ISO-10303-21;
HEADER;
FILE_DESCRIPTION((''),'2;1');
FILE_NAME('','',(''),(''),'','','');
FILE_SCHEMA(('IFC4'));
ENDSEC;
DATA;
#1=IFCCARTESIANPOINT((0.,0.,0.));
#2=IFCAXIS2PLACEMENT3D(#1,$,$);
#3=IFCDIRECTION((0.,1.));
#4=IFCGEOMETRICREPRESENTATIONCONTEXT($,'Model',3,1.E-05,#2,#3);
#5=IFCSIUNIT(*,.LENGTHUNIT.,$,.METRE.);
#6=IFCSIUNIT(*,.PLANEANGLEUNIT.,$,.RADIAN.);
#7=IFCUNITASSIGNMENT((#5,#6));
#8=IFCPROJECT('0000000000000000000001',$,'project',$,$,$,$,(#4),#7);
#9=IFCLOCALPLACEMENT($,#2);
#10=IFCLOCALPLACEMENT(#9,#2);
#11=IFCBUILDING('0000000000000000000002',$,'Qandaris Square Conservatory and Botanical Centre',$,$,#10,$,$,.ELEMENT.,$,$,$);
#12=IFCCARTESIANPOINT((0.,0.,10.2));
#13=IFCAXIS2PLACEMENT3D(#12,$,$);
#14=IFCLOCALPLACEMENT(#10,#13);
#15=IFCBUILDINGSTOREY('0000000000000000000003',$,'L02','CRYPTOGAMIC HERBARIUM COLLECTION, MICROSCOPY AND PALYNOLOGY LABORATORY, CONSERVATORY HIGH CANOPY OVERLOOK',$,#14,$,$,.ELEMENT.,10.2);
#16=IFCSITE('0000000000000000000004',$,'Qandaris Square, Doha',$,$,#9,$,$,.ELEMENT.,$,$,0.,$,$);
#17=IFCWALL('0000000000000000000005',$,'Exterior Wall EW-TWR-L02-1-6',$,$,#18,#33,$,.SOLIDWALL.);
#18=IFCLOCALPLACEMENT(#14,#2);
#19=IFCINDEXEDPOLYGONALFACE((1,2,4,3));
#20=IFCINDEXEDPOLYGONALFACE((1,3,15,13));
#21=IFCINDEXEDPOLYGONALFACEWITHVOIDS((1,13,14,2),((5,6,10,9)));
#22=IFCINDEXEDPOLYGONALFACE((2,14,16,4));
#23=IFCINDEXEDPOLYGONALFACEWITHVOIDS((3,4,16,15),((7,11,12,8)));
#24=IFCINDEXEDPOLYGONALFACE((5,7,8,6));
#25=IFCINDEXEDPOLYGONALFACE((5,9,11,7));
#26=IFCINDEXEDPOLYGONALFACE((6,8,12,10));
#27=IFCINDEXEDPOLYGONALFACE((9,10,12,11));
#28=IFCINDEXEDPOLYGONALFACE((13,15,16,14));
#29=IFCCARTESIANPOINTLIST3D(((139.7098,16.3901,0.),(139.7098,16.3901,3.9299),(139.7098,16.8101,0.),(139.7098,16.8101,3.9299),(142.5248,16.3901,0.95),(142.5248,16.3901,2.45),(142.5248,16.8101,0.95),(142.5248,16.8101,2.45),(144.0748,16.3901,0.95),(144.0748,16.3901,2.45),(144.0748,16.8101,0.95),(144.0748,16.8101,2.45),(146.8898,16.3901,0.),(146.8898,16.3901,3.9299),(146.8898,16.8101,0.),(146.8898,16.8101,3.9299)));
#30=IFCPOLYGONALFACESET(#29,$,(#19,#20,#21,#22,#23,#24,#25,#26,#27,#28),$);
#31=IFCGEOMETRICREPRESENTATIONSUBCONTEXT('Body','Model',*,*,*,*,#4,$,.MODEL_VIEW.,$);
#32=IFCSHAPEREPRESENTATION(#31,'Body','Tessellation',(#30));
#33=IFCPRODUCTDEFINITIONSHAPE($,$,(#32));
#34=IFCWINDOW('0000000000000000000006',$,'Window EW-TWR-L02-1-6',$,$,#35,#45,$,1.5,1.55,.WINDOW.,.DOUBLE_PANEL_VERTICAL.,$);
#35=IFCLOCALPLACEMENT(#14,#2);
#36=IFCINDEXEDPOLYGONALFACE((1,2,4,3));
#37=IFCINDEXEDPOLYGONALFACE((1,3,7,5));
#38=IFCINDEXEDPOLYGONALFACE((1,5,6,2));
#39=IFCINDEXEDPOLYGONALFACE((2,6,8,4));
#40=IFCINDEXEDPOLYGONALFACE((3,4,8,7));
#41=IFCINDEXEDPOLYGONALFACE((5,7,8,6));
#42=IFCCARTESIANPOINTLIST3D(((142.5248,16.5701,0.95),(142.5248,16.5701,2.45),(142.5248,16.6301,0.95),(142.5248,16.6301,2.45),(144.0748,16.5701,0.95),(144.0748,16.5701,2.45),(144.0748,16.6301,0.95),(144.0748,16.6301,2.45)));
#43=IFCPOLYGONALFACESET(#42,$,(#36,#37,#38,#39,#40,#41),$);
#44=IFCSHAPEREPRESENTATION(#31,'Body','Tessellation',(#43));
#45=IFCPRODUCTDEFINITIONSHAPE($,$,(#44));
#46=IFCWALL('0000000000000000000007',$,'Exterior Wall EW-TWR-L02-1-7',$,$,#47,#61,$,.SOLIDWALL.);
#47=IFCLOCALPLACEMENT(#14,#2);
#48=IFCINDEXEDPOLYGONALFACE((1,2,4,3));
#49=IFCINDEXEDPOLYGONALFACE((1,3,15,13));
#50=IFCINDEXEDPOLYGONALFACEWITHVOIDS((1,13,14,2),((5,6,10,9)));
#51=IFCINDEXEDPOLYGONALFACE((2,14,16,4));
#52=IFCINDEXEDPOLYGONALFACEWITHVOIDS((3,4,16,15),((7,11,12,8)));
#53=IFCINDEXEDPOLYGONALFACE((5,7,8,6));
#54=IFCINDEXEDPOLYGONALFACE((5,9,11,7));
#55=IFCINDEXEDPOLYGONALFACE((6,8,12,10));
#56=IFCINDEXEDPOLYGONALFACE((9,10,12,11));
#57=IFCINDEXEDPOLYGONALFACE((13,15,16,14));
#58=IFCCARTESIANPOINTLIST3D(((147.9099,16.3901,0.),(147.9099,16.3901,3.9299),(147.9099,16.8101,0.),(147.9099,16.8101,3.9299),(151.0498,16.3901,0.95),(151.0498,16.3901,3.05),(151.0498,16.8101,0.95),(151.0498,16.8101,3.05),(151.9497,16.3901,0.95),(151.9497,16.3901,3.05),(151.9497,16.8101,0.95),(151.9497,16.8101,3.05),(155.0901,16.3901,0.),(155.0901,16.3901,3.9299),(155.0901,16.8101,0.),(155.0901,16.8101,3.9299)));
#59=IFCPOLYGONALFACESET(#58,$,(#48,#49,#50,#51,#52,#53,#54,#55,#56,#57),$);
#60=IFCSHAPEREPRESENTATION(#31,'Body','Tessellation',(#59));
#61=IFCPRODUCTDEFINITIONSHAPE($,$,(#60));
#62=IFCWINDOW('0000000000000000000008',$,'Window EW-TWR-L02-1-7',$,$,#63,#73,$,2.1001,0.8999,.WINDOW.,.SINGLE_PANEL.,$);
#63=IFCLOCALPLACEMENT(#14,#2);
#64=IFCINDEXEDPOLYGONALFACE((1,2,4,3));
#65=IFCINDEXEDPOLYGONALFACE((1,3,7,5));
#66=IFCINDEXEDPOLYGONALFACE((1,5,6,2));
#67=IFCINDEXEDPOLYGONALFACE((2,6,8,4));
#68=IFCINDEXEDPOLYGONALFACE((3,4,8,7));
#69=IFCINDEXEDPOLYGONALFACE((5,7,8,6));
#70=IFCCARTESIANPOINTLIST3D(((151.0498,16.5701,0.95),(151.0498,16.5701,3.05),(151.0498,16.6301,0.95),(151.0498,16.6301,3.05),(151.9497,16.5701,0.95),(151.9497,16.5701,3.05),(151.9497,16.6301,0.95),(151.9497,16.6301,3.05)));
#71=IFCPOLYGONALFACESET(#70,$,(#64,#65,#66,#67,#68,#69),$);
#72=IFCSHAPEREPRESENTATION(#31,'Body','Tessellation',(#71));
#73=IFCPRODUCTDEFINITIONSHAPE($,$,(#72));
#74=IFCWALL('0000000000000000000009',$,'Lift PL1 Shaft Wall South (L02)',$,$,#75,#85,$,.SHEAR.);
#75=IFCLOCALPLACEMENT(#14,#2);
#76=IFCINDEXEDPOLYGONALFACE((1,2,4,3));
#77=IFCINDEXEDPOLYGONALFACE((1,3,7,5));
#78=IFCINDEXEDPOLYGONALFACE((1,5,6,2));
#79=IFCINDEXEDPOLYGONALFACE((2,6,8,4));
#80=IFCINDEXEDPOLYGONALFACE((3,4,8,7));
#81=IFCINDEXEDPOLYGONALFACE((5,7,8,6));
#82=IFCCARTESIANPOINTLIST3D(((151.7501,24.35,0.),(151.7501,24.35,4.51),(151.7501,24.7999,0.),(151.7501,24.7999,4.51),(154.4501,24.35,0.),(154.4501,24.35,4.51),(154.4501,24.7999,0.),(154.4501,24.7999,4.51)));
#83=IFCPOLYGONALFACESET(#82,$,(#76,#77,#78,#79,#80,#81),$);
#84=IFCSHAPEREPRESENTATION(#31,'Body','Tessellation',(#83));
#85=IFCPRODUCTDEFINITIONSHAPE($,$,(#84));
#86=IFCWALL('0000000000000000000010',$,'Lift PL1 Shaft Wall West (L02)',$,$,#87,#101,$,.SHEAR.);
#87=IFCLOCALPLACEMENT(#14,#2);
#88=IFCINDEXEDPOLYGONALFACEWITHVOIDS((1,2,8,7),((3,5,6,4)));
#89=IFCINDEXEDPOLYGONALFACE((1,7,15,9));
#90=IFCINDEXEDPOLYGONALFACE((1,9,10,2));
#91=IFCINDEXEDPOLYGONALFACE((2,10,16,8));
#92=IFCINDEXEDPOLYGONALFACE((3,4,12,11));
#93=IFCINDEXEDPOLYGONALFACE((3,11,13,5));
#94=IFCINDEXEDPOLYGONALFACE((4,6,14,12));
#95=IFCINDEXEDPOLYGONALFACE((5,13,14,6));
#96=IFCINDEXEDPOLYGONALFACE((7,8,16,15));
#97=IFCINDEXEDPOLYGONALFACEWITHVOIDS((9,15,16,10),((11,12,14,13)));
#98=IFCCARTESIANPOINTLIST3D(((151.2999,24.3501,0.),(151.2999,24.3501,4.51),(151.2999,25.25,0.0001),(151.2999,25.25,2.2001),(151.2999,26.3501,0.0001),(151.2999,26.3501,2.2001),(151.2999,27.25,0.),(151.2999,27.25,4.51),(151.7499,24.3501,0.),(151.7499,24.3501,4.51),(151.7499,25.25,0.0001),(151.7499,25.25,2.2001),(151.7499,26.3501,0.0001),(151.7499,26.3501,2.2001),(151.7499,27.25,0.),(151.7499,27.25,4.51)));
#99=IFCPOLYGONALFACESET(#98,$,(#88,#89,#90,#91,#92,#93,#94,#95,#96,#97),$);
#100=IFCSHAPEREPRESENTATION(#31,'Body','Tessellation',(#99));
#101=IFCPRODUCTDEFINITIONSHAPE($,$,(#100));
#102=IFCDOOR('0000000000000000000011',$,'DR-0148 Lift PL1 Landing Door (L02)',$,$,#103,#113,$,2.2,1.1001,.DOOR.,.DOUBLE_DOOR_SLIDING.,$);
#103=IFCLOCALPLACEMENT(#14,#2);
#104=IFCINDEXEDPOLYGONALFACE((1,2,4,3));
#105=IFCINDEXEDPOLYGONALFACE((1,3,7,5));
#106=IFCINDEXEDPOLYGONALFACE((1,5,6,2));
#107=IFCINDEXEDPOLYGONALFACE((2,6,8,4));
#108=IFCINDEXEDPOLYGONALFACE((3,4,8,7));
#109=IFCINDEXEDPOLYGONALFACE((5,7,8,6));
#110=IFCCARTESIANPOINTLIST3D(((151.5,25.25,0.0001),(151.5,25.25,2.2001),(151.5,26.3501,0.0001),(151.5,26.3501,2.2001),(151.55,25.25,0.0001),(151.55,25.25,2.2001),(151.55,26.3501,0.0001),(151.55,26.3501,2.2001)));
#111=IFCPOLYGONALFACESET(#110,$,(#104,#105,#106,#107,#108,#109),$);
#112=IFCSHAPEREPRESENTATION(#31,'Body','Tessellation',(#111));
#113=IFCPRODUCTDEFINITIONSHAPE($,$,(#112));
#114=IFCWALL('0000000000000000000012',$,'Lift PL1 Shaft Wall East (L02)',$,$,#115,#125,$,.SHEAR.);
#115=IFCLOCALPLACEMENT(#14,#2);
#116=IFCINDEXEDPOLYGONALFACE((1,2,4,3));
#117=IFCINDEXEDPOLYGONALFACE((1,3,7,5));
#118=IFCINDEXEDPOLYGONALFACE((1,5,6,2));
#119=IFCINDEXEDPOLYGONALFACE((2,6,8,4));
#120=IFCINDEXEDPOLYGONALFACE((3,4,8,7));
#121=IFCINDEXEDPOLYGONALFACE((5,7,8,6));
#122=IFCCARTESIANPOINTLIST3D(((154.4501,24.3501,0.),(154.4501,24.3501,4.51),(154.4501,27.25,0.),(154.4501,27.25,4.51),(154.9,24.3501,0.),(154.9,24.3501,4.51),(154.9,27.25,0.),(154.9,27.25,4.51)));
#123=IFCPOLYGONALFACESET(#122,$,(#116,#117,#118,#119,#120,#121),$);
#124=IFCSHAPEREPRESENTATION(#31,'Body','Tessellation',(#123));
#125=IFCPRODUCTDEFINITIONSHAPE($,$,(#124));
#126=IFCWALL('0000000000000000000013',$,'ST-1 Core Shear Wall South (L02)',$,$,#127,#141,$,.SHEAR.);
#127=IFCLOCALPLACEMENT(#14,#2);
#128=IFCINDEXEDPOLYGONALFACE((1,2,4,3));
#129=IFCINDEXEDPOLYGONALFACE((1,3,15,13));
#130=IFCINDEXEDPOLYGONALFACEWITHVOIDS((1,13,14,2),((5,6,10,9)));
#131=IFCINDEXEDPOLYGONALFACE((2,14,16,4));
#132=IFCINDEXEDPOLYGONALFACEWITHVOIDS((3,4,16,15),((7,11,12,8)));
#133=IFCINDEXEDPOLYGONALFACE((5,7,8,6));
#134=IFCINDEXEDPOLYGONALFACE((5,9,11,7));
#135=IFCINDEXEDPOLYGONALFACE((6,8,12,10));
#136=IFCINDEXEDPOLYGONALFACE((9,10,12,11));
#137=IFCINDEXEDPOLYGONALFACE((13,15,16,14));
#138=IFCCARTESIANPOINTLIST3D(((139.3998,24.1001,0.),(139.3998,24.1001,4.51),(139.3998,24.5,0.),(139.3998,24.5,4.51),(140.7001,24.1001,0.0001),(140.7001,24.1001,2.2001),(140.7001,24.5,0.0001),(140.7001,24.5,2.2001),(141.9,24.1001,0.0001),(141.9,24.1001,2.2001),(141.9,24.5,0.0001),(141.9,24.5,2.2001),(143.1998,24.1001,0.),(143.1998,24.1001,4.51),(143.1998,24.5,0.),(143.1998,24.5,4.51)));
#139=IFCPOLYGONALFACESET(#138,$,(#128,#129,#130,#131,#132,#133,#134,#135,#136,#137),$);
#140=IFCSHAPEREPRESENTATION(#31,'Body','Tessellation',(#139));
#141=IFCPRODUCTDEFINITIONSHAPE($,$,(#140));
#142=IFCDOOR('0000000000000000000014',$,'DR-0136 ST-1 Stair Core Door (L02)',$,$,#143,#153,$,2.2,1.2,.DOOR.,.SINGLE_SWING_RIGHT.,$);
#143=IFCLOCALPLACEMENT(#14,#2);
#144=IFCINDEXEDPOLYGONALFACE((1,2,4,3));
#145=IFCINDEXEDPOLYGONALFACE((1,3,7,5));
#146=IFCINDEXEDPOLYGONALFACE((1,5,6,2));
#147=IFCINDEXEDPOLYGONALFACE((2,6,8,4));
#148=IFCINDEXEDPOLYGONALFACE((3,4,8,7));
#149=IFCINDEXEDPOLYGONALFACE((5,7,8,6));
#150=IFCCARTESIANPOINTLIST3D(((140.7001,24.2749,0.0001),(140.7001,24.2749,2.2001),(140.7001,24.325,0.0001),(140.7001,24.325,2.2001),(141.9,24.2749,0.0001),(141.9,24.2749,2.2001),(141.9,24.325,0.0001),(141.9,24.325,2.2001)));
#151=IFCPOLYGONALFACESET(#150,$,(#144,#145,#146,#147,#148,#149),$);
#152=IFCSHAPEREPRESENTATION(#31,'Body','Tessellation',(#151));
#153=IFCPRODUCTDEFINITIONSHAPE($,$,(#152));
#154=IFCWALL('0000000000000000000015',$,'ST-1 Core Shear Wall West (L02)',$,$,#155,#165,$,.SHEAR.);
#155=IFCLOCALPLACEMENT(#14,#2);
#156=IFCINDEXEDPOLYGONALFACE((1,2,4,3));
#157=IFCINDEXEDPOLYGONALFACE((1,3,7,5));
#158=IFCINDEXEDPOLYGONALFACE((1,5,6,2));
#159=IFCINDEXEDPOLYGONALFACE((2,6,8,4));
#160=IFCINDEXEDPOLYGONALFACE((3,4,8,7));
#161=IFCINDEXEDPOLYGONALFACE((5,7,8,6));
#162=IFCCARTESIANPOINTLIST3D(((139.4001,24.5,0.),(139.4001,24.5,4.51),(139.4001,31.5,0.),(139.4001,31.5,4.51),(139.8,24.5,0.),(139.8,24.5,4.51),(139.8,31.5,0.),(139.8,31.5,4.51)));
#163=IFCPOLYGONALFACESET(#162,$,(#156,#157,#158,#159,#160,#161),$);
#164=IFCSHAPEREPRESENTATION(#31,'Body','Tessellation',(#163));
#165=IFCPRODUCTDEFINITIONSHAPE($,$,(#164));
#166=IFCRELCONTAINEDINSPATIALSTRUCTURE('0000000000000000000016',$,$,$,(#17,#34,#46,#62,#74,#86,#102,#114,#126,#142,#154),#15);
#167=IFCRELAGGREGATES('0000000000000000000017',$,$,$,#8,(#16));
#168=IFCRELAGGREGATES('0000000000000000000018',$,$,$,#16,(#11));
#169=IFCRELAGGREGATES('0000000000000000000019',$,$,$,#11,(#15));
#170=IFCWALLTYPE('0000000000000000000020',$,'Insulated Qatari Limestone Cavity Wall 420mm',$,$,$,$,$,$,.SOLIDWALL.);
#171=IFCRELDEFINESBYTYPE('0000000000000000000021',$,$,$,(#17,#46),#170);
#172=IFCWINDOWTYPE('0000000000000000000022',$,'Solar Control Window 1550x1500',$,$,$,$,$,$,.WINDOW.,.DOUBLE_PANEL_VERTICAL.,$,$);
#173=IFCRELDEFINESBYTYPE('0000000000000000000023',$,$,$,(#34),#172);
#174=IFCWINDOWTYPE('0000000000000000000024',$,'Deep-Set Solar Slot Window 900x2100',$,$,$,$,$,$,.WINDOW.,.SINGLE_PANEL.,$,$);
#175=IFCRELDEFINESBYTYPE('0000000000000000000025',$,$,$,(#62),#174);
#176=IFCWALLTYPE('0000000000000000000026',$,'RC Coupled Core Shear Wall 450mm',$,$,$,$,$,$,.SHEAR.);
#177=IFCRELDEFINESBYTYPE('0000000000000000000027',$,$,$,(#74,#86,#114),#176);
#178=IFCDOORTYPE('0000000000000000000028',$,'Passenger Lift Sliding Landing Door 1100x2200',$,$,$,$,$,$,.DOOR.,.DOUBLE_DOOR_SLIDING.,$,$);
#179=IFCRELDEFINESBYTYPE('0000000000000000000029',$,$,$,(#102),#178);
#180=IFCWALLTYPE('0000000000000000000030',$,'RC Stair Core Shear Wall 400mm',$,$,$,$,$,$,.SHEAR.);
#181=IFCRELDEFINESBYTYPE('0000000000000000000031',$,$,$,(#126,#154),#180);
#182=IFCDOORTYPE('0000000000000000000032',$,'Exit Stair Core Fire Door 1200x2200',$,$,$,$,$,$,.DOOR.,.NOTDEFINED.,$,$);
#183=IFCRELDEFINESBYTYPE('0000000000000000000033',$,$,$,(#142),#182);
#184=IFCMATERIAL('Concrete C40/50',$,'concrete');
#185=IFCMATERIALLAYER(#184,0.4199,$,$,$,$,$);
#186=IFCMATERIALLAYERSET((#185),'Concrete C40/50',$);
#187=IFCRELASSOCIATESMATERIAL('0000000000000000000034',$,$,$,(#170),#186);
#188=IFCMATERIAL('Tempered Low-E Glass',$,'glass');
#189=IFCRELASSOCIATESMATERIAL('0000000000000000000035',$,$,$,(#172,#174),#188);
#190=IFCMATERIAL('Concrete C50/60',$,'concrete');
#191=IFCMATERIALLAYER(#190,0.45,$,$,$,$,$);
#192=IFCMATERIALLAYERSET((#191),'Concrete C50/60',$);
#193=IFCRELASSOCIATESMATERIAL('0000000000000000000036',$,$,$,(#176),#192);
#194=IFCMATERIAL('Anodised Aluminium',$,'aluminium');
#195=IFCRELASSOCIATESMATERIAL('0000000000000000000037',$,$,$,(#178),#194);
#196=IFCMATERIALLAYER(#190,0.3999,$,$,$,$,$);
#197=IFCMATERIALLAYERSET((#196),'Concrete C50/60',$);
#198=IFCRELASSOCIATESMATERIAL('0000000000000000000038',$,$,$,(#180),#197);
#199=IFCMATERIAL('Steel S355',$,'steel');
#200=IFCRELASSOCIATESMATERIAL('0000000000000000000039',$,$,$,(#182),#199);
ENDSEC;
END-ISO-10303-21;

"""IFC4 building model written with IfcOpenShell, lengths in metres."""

from ifc_helpers import new_model, si_unit, direction, frame, frame_2d, origin, place, context, subcontext, project, spatial, rectangle, extrude, material, layer, layer_set, type_object, element, fill, save


model = new_model("IFC4")

# Units and contexts
model_context = context("Model", 3, precision=1e-05, world=origin(), true_north=direction((0.0, 1.0)))
body_context = subcontext(model_context, "Body", "Model", "MODEL_VIEW")
ifc_project = project(units=[si_unit("LENGTHUNIT", "METRE"), si_unit("PLANEANGLEUNIT", "RADIAN")], contexts=[model_context])

# Site, building, storey
site_placement = place(None, origin())
site = spatial("IfcSite", under=ifc_project, at=site_placement, Name="Qandaris Square, Doha", CompositionType="ELEMENT", RefElevation=0.0)
building_placement = place(site_placement, origin())
building = spatial("IfcBuilding", under=site, at=building_placement, Name="Qandaris Square Conservatory and Botanical Centre", CompositionType="ELEMENT")
storey_placement = place(building_placement, frame((0.0, 0.0, 10.2)))
storey = spatial("IfcBuildingStorey", under=building, at=storey_placement, Name="L02", Description="CRYPTOGAMIC HERBARIUM COLLECTION, MICROSCOPY AND PALYNOLOGY LABORATORY, CONSERVATORY HIGH CANOPY OVERLOOK", CompositionType="ELEMENT", Elevation=10.2)

# Shared definitions
ifc_material_1 = material(Name="Concrete C50/60", Category="concrete")

# Shared definitions
ifc_material_2 = material(Name="Steel S355", Category="steel")

# Shared definitions
ifc_material_3 = material(Name="Tempered Low-E Glass", Category="glass")
ifc_material_4 = material(Name="Anodised Aluminium", Category="aluminium")
ifc_material_5 = material(Name="Concrete C40/50", Category="concrete")

# Walls, openings, windows
ifc_layer_1 = layer(ifc_material_5, 0.4199)
ifc_layer_set_1 = layer_set([ifc_layer_1], Name="Concrete C40/50")
wall_type_1 = type_object("IfcWallType", Name="Insulated Qatari Limestone Cavity Wall 420mm", PredefinedType="SOLIDWALL", material=ifc_layer_set_1)
wall_1_placement = place(storey_placement, frame((139.71, 16.6001, 0.0), z_axis=(0.0, 0.0, 1.0), x_axis=(1.0, 0.0, 0.0)))
wall_1 = element("IfcWall", 1, at=wall_1_placement, inside=storey, type_object=wall_type_1, Name="Exterior Wall EW-TWR-L02-1-6", PredefinedType="SOLIDWALL", context=body_context, shape_type="SweptSolid", body=[
    extrude(rectangle(XDim=7.1799, YDim=0.4199, at=frame_2d((3.5898, 0.0))), origin(), (0.0, 0.0, 1.0), 3.9299),
])
opening_1_placement = place(wall_1_placement, frame((2.8149, 0.0, 0.95)))
opening_1 = element("IfcOpeningElement", 2, at=opening_1_placement, cuts=wall_1, PredefinedType="OPENING", context=body_context, shape_type="SweptSolid", body=[
    extrude(rectangle(XDim=1.55, YDim=1.5, at=frame_2d((0.7749, 0.75))), frame((0.0, 0.2219, 0.0), z_axis=(0.0, -1.0, 0.0), x_axis=(1.0, 0.0, 0.0)), (0.0, 0.0, 1.0), 0.4438),
])
window_type_1 = type_object("IfcWindowType", Name="Solar Control Window 1550x1500", PartitioningType="DOUBLE_PANEL_VERTICAL", PredefinedType="WINDOW", material=ifc_material_3)
window_1_placement = place(opening_1_placement, origin())
window_1 = element("IfcWindow", 3, at=window_1_placement, inside=storey, type_object=window_type_1, Name="Window EW-TWR-L02-1-6", OverallHeight=1.5, OverallWidth=1.55, PartitioningType="DOUBLE_PANEL_VERTICAL", PredefinedType="WINDOW", context=body_context, shape_type="SweptSolid", body=[
    extrude(rectangle(XDim=1.55, YDim=1.5, at=frame_2d((0.7749, 0.75))), frame((0.0, 0.03, 0.0), z_axis=(0.0, -1.0, 0.0), x_axis=(1.0, 0.0, 0.0)), (0.0, 0.0, 1.0), 0.0601),
])
fill(opening_1, window_1)
wall_2_placement = place(storey_placement, frame((147.9099, 16.6001, 0.0), z_axis=(0.0, 0.0, 1.0), x_axis=(1.0, 0.0, 0.0)))
wall_2 = element("IfcWall", 4, at=wall_2_placement, inside=storey, type_object=wall_type_1, Name="Exterior Wall EW-TWR-L02-1-7", PredefinedType="SOLIDWALL", context=body_context, shape_type="SweptSolid", body=[
    extrude(rectangle(XDim=7.1802, YDim=0.4199, at=frame_2d((3.5901, 0.0))), origin(), (0.0, 0.0, 1.0), 3.9299),
])
opening_2_placement = place(wall_2_placement, frame((3.1399, 0.0, 0.95)))
opening_2 = element("IfcOpeningElement", 5, at=opening_2_placement, cuts=wall_2, PredefinedType="OPENING", context=body_context, shape_type="SweptSolid", body=[
    extrude(rectangle(XDim=0.8999, YDim=2.1001, at=frame_2d((0.45, 1.05))), frame((0.0, 0.2219, 0.0), z_axis=(0.0, -1.0, 0.0), x_axis=(1.0, 0.0, 0.0)), (0.0, 0.0, 1.0), 0.4438),
])
window_type_2 = type_object("IfcWindowType", Name="Deep-Set Solar Slot Window 900x2100", PartitioningType="SINGLE_PANEL", PredefinedType="WINDOW", material=ifc_material_3)
window_2_placement = place(opening_2_placement, origin())
window_2 = element("IfcWindow", 6, at=window_2_placement, inside=storey, type_object=window_type_2, Name="Window EW-TWR-L02-1-7", OverallHeight=2.1001, OverallWidth=0.8999, PartitioningType="SINGLE_PANEL", PredefinedType="WINDOW", context=body_context, shape_type="SweptSolid", body=[
    extrude(rectangle(XDim=0.8999, YDim=2.1001, at=frame_2d((0.45, 1.05))), frame((0.0, 0.03, 0.0), z_axis=(0.0, -1.0, 0.0), x_axis=(1.0, 0.0, 0.0)), (0.0, 0.0, 1.0), 0.0601),
])
fill(opening_2, window_2)

# Wall
ifc_layer_2 = layer(ifc_material_1, 0.45)
ifc_layer_set_2 = layer_set([ifc_layer_2], Name="Concrete C50/60")
wall_type_2 = type_object("IfcWallType", Name="RC Coupled Core Shear Wall 450mm", PredefinedType="SHEAR", material=ifc_layer_set_2)
wall_3_placement = place(storey_placement, frame((151.75, 24.575, 0.0), z_axis=(0.0, 0.0, 1.0), x_axis=(1.0, 0.0, 0.0)))
element("IfcWall", 7, at=wall_3_placement, inside=storey, type_object=wall_type_2, Name="Lift PL1 Shaft Wall South (L02)", PredefinedType="SHEAR", context=body_context, shape_type="SweptSolid", body=[
    extrude(rectangle(XDim=2.7, YDim=0.45, at=frame_2d((1.3501, 0.0))), origin(), (0.0, 0.0, 1.0), 4.51),
])

# Wall, opening, door
wall_4_placement = place(storey_placement, frame((151.5249, 24.3501, 0.0), z_axis=(0.0, 0.0, 1.0), x_axis=(0.0, 1.0, 0.0)))
wall_4 = element("IfcWall", 8, at=wall_4_placement, inside=storey, type_object=wall_type_2, Name="Lift PL1 Shaft Wall West (L02)", PredefinedType="SHEAR", context=body_context, shape_type="SweptSolid", body=[
    extrude(rectangle(XDim=2.8999, YDim=0.45, at=frame_2d((1.45, 0.0))), origin(), (0.0, 0.0, 1.0), 4.51),
])
opening_3_placement = place(wall_4_placement, frame((0.8999, 0.0, 0.0)))
opening_3 = element("IfcOpeningElement", 9, at=opening_3_placement, cuts=wall_4, PredefinedType="OPENING", context=body_context, shape_type="SweptSolid", body=[
    extrude(rectangle(XDim=1.1001, YDim=2.2, at=frame_2d((0.55, 1.1001))), frame((0.0, 0.2368, 0.0), z_axis=(0.0, -1.0, 0.0), x_axis=(1.0, 0.0, 0.0)), (0.0, 0.0, 1.0), 0.4739),
])
door_type_1 = type_object("IfcDoorType", Name="Passenger Lift Sliding Landing Door 1100x2200", OperationType="DOUBLE_DOOR_SLIDING", PredefinedType="DOOR", material=ifc_material_4)
door_1_placement = place(opening_3_placement, origin())
door_1 = element("IfcDoor", 10, at=door_1_placement, inside=storey, type_object=door_type_1, Name="DR-0148 Lift PL1 Landing Door (L02)", OperationType="DOUBLE_DOOR_SLIDING", OverallHeight=2.2, OverallWidth=1.1001, PredefinedType="DOOR", context=body_context, shape_type="SweptSolid", body=[
    extrude(rectangle(XDim=1.1001, YDim=2.2, at=frame_2d((0.55, 1.1001))), frame((0.0, 0.0249, 0.0), z_axis=(0.0, -1.0, 0.0), x_axis=(1.0, 0.0, 0.0)), (0.0, 0.0, 1.0), 0.05),
])
fill(opening_3, door_1)

# Wall
wall_5_placement = place(storey_placement, frame((154.675, 24.3501, 0.0), z_axis=(0.0, 0.0, 1.0), x_axis=(0.0, 1.0, 0.0)))
element("IfcWall", 11, at=wall_5_placement, inside=storey, type_object=wall_type_2, Name="Lift PL1 Shaft Wall East (L02)", PredefinedType="SHEAR", context=body_context, shape_type="SweptSolid", body=[
    extrude(rectangle(XDim=2.8999, YDim=0.45, at=frame_2d((1.45, 0.0))), origin(), (0.0, 0.0, 1.0), 4.51),
])

# Wall, opening, door
ifc_layer_3 = layer(ifc_material_1, 0.3999)
ifc_layer_set_3 = layer_set([ifc_layer_3], Name="Concrete C50/60")
wall_type_3 = type_object("IfcWallType", Name="RC Stair Core Shear Wall 400mm", PredefinedType="SHEAR", material=ifc_layer_set_3)
wall_6_placement = place(storey_placement, frame((139.3999, 24.3, 0.0), z_axis=(0.0, 0.0, 1.0), x_axis=(1.0, 0.0, 0.0)))
wall_6 = element("IfcWall", 12, at=wall_6_placement, inside=storey, type_object=wall_type_3, Name="ST-1 Core Shear Wall South (L02)", PredefinedType="SHEAR", context=body_context, shape_type="SweptSolid", body=[
    extrude(rectangle(XDim=3.8, YDim=0.3999, at=frame_2d((1.8999, 0.0))), origin(), (0.0, 0.0, 1.0), 4.51),
])
opening_4_placement = place(wall_6_placement, frame((1.3, 0.0, 0.0)))
opening_4 = element("IfcOpeningElement", 13, at=opening_4_placement, cuts=wall_6, PredefinedType="OPENING", context=body_context, shape_type="SweptSolid", body=[
    extrude(rectangle(XDim=1.2, YDim=2.2, at=frame_2d((0.6001, 1.1001))), frame((0.0, 0.2119, 0.0), z_axis=(0.0, -1.0, 0.0), x_axis=(1.0, 0.0, 0.0)), (0.0, 0.0, 1.0), 0.4238),
])
door_type_2 = type_object("IfcDoorType", Name="Exit Stair Core Fire Door 1200x2200", OperationType="NOTDEFINED", PredefinedType="DOOR", material=ifc_material_2)
door_2_placement = place(opening_4_placement, origin())
door_2 = element("IfcDoor", 14, at=door_2_placement, inside=storey, type_object=door_type_2, Name="DR-0136 ST-1 Stair Core Door (L02)", OperationType="SINGLE_SWING_RIGHT", OverallHeight=2.2, OverallWidth=1.2, PredefinedType="DOOR", context=body_context, shape_type="SweptSolid", body=[
    extrude(rectangle(XDim=1.2, YDim=2.2, at=frame_2d((0.6001, 1.1001))), frame((0.0, 0.0249, 0.0), z_axis=(0.0, -1.0, 0.0), x_axis=(1.0, 0.0, 0.0)), (0.0, 0.0, 1.0), 0.05),
])
fill(opening_4, door_2)

# Wall
for number, where, z_axis, x_axis, name in (
    (15, (139.6001, 24.5, 0.0), (0.0, 0.0, 1.0), (0.0, 1.0, 0.0), "ST-1 Core Shear Wall West (L02)"),
):
    element("IfcWall", number, at=place(storey_placement, frame(where, z_axis=z_axis, x_axis=x_axis)), inside=storey, type_object=wall_type_3, Name=name, PredefinedType="SHEAR", context=body_context, shape_type="SweptSolid", body=[
        extrude(rectangle(XDim=7.0, YDim=0.3999, at=frame_2d((3.5, 0.0))), origin(), (0.0, 0.0, 1.0), 4.51),
    ])

save(model, "model.ifc")
